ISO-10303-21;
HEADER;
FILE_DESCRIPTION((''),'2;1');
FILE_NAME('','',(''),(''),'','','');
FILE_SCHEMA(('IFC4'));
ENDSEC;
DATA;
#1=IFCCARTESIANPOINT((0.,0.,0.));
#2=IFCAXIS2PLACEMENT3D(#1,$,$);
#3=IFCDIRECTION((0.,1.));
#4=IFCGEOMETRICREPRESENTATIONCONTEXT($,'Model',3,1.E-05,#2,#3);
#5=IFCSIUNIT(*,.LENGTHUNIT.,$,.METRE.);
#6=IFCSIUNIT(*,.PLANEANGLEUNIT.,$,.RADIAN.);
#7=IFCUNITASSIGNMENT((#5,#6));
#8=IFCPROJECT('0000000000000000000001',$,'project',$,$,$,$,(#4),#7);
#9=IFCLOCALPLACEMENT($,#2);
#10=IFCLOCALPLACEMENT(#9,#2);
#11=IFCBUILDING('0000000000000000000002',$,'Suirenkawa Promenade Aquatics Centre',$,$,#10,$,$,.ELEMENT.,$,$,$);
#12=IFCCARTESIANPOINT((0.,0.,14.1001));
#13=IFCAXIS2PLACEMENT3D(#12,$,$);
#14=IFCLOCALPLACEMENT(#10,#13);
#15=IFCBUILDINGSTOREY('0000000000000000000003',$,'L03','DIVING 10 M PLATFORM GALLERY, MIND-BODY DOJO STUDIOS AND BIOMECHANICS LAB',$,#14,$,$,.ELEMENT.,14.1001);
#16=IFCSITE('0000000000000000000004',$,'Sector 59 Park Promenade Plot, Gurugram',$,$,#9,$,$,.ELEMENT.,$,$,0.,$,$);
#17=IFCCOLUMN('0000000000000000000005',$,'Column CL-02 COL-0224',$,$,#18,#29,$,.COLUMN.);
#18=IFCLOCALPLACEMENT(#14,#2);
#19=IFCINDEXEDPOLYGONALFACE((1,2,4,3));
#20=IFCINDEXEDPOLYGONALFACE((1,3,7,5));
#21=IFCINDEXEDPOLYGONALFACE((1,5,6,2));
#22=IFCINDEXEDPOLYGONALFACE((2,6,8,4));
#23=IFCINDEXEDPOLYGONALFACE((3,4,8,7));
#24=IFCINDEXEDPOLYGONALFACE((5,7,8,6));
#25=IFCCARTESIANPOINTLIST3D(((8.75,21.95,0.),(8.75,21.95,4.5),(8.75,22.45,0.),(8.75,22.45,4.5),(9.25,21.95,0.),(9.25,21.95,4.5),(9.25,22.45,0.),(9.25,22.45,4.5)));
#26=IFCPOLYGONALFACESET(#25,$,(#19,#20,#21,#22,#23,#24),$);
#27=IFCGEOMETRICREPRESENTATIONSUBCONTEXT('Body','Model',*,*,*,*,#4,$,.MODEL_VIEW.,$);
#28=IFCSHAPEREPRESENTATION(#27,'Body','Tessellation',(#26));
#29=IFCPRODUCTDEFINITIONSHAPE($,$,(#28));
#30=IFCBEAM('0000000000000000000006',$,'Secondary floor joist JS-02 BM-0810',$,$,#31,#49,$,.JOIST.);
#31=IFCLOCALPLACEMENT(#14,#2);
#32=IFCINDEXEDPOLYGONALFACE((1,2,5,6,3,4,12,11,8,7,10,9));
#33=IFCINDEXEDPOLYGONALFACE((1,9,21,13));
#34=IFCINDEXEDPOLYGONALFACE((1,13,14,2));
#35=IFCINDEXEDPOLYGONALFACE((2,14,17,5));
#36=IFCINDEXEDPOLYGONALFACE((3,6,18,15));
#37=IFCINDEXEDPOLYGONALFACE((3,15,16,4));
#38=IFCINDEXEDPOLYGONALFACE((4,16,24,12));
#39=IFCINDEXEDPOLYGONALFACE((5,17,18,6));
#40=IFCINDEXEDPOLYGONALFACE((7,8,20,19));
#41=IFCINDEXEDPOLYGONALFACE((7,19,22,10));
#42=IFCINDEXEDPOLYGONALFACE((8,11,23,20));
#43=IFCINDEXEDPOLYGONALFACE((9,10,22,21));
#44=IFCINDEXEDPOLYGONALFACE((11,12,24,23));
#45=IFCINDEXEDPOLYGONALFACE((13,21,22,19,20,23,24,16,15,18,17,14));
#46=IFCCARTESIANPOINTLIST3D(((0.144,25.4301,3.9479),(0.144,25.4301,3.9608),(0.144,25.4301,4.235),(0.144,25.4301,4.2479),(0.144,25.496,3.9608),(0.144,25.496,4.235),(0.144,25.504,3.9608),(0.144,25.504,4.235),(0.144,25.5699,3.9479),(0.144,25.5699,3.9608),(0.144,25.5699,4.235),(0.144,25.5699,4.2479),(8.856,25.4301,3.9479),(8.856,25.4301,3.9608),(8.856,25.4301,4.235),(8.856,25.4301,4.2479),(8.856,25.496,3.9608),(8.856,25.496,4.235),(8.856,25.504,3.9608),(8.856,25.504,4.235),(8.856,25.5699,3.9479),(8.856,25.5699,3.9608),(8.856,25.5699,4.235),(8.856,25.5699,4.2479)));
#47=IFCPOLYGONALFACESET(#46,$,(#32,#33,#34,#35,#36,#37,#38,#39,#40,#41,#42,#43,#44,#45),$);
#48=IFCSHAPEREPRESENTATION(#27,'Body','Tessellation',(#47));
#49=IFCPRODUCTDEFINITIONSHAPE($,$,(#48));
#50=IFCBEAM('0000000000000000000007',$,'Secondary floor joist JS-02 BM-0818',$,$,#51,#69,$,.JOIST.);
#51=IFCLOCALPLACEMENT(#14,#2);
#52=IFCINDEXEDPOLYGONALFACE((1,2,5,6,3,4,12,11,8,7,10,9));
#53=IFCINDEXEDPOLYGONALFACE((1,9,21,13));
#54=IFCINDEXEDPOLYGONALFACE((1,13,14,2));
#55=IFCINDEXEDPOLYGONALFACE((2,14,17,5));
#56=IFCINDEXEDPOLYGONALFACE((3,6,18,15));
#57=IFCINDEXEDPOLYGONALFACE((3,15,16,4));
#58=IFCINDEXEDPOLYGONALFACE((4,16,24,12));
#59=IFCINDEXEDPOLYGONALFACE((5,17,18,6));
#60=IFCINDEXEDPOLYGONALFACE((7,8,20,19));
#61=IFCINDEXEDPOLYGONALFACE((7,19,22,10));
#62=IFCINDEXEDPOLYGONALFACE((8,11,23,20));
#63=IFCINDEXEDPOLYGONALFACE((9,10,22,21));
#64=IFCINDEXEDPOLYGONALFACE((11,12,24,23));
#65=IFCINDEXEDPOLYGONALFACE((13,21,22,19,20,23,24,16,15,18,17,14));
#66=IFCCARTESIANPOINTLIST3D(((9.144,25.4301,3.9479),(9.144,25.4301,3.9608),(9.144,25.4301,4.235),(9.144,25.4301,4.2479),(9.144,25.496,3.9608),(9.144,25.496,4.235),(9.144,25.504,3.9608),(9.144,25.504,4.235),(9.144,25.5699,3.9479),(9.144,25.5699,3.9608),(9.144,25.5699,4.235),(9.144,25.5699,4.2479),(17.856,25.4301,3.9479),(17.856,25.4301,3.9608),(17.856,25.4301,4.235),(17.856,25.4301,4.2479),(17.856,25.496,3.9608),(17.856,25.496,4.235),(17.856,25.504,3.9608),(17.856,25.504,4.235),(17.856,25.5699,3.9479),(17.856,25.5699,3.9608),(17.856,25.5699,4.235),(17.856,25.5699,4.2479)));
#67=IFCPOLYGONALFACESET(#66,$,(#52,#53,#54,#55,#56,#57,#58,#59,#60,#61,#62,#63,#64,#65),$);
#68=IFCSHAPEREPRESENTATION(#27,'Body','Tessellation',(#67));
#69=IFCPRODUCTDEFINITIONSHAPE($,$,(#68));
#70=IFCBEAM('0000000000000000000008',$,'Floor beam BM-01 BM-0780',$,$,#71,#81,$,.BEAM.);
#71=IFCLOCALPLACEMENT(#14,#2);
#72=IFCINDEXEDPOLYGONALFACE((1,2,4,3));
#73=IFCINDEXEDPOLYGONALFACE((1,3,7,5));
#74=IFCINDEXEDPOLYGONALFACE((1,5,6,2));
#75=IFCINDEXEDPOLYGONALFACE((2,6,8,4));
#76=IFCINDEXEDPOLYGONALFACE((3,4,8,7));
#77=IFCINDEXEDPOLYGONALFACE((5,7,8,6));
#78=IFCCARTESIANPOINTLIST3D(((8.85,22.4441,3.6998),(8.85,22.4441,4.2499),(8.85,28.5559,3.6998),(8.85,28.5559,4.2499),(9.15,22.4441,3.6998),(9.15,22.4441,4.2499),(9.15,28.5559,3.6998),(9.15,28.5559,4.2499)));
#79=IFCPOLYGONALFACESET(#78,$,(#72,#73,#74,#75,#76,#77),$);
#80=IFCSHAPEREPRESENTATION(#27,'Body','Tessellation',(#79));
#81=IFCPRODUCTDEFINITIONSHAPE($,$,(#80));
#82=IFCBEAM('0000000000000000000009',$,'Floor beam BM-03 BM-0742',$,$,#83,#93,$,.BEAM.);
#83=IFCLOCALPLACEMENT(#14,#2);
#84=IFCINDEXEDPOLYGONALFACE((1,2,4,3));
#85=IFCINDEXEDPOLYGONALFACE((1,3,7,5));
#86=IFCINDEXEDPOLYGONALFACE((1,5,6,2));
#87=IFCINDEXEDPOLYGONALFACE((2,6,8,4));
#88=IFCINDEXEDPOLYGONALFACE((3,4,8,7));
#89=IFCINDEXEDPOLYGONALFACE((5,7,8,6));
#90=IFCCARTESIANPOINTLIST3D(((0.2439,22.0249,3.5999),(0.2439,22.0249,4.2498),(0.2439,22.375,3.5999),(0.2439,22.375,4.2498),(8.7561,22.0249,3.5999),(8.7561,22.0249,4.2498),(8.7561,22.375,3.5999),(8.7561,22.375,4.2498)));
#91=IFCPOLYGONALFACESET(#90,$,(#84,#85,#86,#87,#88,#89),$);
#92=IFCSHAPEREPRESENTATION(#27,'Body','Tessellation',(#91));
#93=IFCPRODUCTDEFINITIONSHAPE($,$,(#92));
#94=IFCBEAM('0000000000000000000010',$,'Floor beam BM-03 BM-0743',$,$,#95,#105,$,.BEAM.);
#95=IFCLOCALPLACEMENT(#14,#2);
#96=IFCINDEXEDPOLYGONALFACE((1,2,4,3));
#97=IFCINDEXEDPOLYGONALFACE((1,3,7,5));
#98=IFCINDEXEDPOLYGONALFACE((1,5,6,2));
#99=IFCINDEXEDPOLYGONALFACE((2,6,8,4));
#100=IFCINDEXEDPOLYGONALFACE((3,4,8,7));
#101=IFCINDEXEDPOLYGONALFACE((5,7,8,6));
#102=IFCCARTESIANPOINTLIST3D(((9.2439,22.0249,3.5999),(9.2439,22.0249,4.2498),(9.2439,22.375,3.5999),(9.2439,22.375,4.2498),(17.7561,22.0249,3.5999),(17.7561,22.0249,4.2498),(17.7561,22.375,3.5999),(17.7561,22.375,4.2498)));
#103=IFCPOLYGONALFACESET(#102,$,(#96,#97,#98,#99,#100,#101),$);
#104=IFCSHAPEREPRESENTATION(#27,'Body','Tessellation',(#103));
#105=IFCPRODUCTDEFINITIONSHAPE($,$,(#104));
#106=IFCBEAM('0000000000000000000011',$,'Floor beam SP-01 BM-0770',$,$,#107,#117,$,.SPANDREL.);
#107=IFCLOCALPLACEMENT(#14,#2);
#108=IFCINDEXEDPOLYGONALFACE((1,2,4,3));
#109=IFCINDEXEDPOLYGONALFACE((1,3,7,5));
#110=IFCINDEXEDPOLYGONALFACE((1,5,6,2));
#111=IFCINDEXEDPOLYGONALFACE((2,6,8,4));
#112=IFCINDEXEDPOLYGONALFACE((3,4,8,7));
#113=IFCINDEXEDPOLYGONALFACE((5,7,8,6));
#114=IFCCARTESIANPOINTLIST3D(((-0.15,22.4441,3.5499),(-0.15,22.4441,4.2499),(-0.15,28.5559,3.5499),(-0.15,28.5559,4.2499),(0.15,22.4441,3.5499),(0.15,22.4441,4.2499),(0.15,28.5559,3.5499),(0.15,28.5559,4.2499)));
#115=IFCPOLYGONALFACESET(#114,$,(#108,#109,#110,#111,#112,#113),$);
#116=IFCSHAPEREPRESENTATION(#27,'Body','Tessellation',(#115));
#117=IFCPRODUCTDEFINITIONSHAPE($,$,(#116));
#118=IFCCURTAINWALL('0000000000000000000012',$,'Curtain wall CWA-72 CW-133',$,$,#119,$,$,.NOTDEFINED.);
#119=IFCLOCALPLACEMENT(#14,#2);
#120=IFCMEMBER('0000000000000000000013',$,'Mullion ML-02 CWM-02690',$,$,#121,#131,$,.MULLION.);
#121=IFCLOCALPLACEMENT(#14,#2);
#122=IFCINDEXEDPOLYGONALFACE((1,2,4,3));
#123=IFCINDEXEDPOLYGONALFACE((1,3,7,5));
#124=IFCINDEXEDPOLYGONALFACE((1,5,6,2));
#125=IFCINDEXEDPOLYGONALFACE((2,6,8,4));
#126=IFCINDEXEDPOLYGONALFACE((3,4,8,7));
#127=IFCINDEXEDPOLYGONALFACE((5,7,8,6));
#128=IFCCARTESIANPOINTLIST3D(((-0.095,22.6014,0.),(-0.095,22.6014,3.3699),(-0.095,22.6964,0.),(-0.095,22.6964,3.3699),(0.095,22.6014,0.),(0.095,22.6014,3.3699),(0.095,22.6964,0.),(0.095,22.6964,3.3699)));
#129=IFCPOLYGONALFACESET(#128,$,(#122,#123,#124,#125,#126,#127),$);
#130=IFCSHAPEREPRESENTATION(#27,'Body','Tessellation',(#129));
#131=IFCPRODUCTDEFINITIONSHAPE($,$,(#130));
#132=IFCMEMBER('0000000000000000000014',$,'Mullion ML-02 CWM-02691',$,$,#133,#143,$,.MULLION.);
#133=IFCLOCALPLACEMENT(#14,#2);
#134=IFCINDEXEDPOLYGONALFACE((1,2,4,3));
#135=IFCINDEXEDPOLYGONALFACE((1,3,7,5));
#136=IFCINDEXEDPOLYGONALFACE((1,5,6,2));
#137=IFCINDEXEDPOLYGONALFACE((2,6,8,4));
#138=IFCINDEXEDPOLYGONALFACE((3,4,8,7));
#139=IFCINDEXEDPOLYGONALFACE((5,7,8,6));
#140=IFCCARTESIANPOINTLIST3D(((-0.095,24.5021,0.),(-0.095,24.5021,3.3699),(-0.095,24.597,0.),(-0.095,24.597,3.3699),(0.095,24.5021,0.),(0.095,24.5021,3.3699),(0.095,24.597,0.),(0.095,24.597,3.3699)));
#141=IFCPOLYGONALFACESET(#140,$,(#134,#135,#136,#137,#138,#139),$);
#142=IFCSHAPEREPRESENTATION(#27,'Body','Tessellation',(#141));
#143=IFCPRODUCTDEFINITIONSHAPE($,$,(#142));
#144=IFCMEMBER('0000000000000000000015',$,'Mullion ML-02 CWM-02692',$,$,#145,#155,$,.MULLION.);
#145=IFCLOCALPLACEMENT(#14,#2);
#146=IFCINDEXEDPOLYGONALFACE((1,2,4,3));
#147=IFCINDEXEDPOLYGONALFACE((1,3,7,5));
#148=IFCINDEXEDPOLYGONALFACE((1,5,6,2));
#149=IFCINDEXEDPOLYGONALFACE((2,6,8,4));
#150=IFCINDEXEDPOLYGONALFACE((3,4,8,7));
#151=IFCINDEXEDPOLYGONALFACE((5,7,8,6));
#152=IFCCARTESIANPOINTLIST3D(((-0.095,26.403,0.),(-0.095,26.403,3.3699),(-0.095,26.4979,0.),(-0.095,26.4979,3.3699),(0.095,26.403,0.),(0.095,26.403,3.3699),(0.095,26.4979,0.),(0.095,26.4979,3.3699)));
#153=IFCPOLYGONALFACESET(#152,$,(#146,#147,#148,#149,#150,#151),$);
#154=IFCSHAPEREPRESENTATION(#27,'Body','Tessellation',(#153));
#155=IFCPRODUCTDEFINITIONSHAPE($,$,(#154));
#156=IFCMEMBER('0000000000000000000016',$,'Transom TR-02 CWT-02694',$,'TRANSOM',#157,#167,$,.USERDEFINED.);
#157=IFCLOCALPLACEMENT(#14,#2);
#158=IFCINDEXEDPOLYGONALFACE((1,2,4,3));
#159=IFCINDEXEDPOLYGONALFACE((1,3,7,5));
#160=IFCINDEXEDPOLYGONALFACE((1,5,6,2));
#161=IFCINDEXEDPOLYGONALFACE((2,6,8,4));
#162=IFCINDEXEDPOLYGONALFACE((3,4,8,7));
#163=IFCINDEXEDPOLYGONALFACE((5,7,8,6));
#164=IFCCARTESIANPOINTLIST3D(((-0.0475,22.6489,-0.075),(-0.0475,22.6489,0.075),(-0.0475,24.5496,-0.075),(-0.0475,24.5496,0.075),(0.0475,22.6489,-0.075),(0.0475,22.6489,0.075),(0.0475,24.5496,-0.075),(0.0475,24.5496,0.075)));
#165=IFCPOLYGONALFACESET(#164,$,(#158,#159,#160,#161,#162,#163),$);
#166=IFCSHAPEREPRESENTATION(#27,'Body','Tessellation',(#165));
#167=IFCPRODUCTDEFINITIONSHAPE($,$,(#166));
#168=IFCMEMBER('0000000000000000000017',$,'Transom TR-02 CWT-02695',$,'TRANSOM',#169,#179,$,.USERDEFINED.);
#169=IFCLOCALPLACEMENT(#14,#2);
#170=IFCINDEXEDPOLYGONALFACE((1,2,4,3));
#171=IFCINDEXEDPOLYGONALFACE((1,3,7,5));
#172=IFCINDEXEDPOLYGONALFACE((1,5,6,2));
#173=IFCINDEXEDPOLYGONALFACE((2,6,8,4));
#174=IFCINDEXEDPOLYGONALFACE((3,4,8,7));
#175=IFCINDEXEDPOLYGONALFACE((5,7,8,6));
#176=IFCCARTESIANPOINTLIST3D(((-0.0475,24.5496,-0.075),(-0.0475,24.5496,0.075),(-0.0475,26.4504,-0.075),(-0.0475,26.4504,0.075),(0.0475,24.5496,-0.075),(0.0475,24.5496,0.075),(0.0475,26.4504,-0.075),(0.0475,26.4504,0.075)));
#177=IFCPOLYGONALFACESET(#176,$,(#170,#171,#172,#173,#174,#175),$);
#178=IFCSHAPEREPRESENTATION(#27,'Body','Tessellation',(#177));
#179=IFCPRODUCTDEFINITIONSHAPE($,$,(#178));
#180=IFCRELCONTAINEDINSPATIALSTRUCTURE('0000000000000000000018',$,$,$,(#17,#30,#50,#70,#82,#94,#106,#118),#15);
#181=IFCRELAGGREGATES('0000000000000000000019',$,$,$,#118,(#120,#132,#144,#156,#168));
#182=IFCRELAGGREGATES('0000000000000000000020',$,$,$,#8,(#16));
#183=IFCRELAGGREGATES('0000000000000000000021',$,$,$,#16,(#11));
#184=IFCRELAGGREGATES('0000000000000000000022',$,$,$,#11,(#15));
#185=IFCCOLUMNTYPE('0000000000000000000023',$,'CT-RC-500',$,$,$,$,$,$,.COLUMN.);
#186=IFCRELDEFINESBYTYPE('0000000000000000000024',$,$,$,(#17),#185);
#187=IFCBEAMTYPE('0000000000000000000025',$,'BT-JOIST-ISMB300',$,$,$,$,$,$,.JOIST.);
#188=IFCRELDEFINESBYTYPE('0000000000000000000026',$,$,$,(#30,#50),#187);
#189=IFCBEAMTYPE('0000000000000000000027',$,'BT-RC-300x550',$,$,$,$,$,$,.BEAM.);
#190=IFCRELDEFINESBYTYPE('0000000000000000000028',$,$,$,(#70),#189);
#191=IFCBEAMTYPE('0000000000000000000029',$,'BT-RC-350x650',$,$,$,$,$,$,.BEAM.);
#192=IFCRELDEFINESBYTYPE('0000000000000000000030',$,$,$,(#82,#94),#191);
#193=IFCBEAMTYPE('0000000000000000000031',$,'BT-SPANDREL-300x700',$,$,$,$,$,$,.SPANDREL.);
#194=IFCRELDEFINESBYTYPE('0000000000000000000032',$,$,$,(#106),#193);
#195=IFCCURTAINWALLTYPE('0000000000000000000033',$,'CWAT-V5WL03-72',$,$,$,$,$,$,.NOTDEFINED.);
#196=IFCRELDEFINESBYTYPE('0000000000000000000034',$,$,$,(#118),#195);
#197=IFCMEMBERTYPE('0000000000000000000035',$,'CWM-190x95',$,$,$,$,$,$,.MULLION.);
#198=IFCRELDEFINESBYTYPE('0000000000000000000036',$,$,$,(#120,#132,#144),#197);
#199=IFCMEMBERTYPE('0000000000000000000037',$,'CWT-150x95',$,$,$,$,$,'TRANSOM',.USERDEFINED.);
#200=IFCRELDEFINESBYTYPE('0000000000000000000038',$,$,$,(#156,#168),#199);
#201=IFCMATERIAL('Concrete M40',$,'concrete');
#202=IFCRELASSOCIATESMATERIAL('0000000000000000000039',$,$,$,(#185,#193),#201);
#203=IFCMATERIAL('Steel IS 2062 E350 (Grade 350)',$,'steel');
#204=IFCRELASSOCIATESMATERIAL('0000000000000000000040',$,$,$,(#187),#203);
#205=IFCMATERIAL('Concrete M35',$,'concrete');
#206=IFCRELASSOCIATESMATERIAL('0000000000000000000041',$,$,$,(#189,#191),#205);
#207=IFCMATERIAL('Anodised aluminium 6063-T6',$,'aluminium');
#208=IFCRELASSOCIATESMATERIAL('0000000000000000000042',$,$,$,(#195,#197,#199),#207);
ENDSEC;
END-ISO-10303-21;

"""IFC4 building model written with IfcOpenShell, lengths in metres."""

from ifc_helpers import new_model, si_unit, direction, frame, origin, origin_2d, place, context, subcontext, project, spatial, rectangle, i_section, extrude, material, material_profile, profile_set, type_object, element, aggregate, save


model = new_model("IFC4")

# Units and contexts
model_context = context("Model", 3, precision=1e-05, world=origin(), true_north=direction((0.0, 1.0)))
body_context = subcontext(model_context, "Body", "Model", "MODEL_VIEW")
ifc_project = project(units=[si_unit("LENGTHUNIT", "METRE"), si_unit("PLANEANGLEUNIT", "RADIAN")], contexts=[model_context])

# Site, building, storey
site_placement = place(None, origin())
site = spatial("IfcSite", under=ifc_project, at=site_placement, Name="Sector 59 Park Promenade Plot, Gurugram", CompositionType="ELEMENT", RefElevation=0.0)
building_placement = place(site_placement, origin())
building = spatial("IfcBuilding", under=site, at=building_placement, Name="Suirenkawa Promenade Aquatics Centre", CompositionType="ELEMENT")
storey_placement = place(building_placement, frame((0.0, 0.0, 14.1001)))
storey = spatial("IfcBuildingStorey", under=building, at=storey_placement, Name="L03", Description="DIVING 10 M PLATFORM GALLERY, MIND-BODY DOJO STUDIOS AND BIOMECHANICS LAB", CompositionType="ELEMENT", Elevation=14.1001)

# Column
ifc_material_1 = material(Name="Concrete M40", Category="concrete")
ifc_material_profile_1 = material_profile(ifc_material_1, rectangle(XDim=0.5, YDim=0.5, at=origin_2d()), Name="RC COL 500x500", Category="concrete")
ifc_profile_set_1 = profile_set([ifc_material_profile_1], Name="Concrete M40")
column_type = type_object("IfcColumnType", Name="CT-RC-500", PredefinedType="COLUMN", material=ifc_profile_set_1)
column_placement = place(storey_placement, frame((9.0, 22.2, 0.0), z_axis=(0.0, 0.0, 1.0), x_axis=(1.0, 0.0, 0.0)))
element("IfcColumn", 1, at=column_placement, inside=storey, type_object=column_type, Name="Column CL-02 COL-0224", PredefinedType="COLUMN", context=body_context, shape_type="SweptSolid", body=[
    extrude(rectangle(XDim=0.5, YDim=0.5, at=origin_2d()), origin(), (0.0, 0.0, 1.0), 4.5),
])

# Beams
ifc_material_2 = material(Name="Steel IS 2062 E350 (Grade 350)", Category="steel")
ifc_material_profile_2 = material_profile(ifc_material_2, i_section(OverallWidth=0.1399, OverallDepth=0.3, WebThickness=0.0081, FlangeThickness=0.0129, at=origin_2d()), Name="ISMB 300", Category="steel")
ifc_profile_set_2 = profile_set([ifc_material_profile_2], Name="Steel IS 2062 E350 (Grade 350)")
beam_type_1 = type_object("IfcBeamType", Name="BT-JOIST-ISMB300", PredefinedType="JOIST", material=ifc_profile_set_2)
for number, where, z_axis, x_axis, name in (
    (2, (0.144, 25.5, 4.0979), (1.0, 0.0, 0.0), (0.0, 1.0, 0.0), "Secondary floor joist JS-02 BM-0810"),
    (3, (9.144, 25.5, 4.0979), (1.0, 0.0, 0.0), (0.0, 1.0, 0.0), "Secondary floor joist JS-02 BM-0818"),
):
    element("IfcBeam", number, at=place(storey_placement, frame(where, z_axis=z_axis, x_axis=x_axis)), inside=storey, type_object=beam_type_1, Name=name, PredefinedType="JOIST", context=body_context, shape_type="SweptSolid", body=[
        extrude(i_section(OverallWidth=0.1399, OverallDepth=0.3, WebThickness=0.0081, FlangeThickness=0.0129, at=origin_2d()), origin(), (0.0, 0.0, 1.0), 8.7119),
    ])
ifc_material_3 = material(Name="Concrete M35", Category="concrete")
ifc_material_profile_3 = material_profile(ifc_material_3, rectangle(XDim=0.3, YDim=0.55, at=origin_2d()), Name="RC BM 300x550", Category="concrete")
ifc_profile_set_3 = profile_set([ifc_material_profile_3], Name="Concrete M35")
beam_type_2 = type_object("IfcBeamType", Name="BT-RC-300x550", PredefinedType="BEAM", material=ifc_profile_set_3)
beam_1_placement = place(storey_placement, frame((9.0, 22.4441, 3.9749), z_axis=(0.0, 1.0, 0.0), x_axis=(-1.0, 0.0, 0.0)))
element("IfcBeam", 4, at=beam_1_placement, inside=storey, type_object=beam_type_2, Name="Floor beam BM-01 BM-0780", PredefinedType="BEAM", context=body_context, shape_type="SweptSolid", body=[
    extrude(rectangle(XDim=0.3, YDim=0.55, at=origin_2d()), origin(), (0.0, 0.0, 1.0), 6.1118),
])
ifc_material_profile_4 = material_profile(ifc_material_3, rectangle(XDim=0.3501, YDim=0.6499, at=origin_2d()), Name="RC BM 350x650", Category="concrete")
ifc_profile_set_4 = profile_set([ifc_material_profile_4], Name="Concrete M35")
beam_type_3 = type_object("IfcBeamType", Name="BT-RC-350x650", PredefinedType="BEAM", material=ifc_profile_set_4)
for number, where, z_axis, x_axis, name in (
    (5, (0.2439, 22.2, 3.9248), (1.0, 0.0, 0.0), (0.0, 1.0, 0.0), "Floor beam BM-03 BM-0742"),
    (6, (9.2439, 22.2, 3.9248), (1.0, 0.0, 0.0), (0.0, 1.0, 0.0), "Floor beam BM-03 BM-0743"),
):
    element("IfcBeam", number, at=place(storey_placement, frame(where, z_axis=z_axis, x_axis=x_axis)), inside=storey, type_object=beam_type_3, Name=name, PredefinedType="BEAM", context=body_context, shape_type="SweptSolid", body=[
        extrude(rectangle(XDim=0.3501, YDim=0.6499, at=origin_2d()), origin(), (0.0, 0.0, 1.0), 8.5122),
    ])
ifc_material_profile_5 = material_profile(ifc_material_1, rectangle(XDim=0.3, YDim=0.7, at=origin_2d()), Name="RC SPANDREL 300x700", Category="concrete")
ifc_profile_set_5 = profile_set([ifc_material_profile_5], Name="Concrete M40")
beam_type_4 = type_object("IfcBeamType", Name="BT-SPANDREL-300x700", PredefinedType="SPANDREL", material=ifc_profile_set_5)
beam_2_placement = place(storey_placement, frame((0.0, 22.4441, 3.8999), z_axis=(0.0, 1.0, 0.0), x_axis=(-1.0, 0.0, 0.0)))
element("IfcBeam", 7, at=beam_2_placement, inside=storey, type_object=beam_type_4, Name="Floor beam SP-01 BM-0770", PredefinedType="SPANDREL", context=body_context, shape_type="SweptSolid", body=[
    extrude(rectangle(XDim=0.3, YDim=0.7, at=origin_2d()), origin(), (0.0, 0.0, 1.0), 6.1118),
])

# Curtain wall, members
ifc_material_4 = material(Name="Anodised aluminium 6063-T6", Category="aluminium")
curtain_wall_type = type_object("IfcCurtainWallType", Name="CWAT-V5WL03-72", PredefinedType="NOTDEFINED", material=ifc_material_4)
curtain_wall_placement = place(storey_placement, origin())
curtain_wall = element("IfcCurtainWall", 8, at=curtain_wall_placement, inside=storey, type_object=curtain_wall_type, Name="Curtain wall CWA-72 CW-133", PredefinedType="NOTDEFINED")
ifc_material_profile_6 = material_profile(ifc_material_4, rectangle(XDim=0.095, YDim=0.1899, at=origin_2d()), Name="ALU MULL 95x190", Category="aluminium")
ifc_profile_set_6 = profile_set([ifc_material_profile_6], Name="Anodised aluminium 6063-T6")
member_type_1 = type_object("IfcMemberType", Name="CWM-190x95", PredefinedType="MULLION", material=ifc_profile_set_6)
member_1_placement = place(storey_placement, frame((0.0, 22.6489, 0.0), z_axis=(0.0, 0.0, 1.0), x_axis=(0.0, 1.0, 0.0)))
member_1 = element("IfcMember", 9, at=member_1_placement, type_object=member_type_1, Name="Mullion ML-02 CWM-02690", PredefinedType="MULLION", context=body_context, shape_type="SweptSolid", body=[
    extrude(rectangle(XDim=0.095, YDim=0.1899, at=origin_2d()), origin(), (0.0, 0.0, 1.0), 3.3699),
])
member_2_placement = place(storey_placement, frame((0.0, 24.5496, 0.0), z_axis=(0.0, 0.0, 1.0), x_axis=(0.0, 1.0, 0.0)))
member_2 = element("IfcMember", 10, at=member_2_placement, type_object=member_type_1, Name="Mullion ML-02 CWM-02691", PredefinedType="MULLION", context=body_context, shape_type="SweptSolid", body=[
    extrude(rectangle(XDim=0.095, YDim=0.1899, at=origin_2d()), origin(), (0.0, 0.0, 1.0), 3.3699),
])
member_3_placement = place(storey_placement, frame((0.0, 26.4504, 0.0), z_axis=(0.0, 0.0, 1.0), x_axis=(0.0, 1.0, 0.0)))
member_3 = element("IfcMember", 11, at=member_3_placement, type_object=member_type_1, Name="Mullion ML-02 CWM-02692", PredefinedType="MULLION", context=body_context, shape_type="SweptSolid", body=[
    extrude(rectangle(XDim=0.095, YDim=0.1899, at=origin_2d()), origin(), (0.0, 0.0, 1.0), 3.3699),
])
ifc_material_profile_7 = material_profile(ifc_material_4, rectangle(XDim=0.095, YDim=0.1499, at=origin_2d()), Name="ALU TRAN 95x150", Category="aluminium")
ifc_profile_set_7 = profile_set([ifc_material_profile_7], Name="Anodised aluminium 6063-T6")
member_type_2 = type_object("IfcMemberType", Name="CWT-150x95", ElementType="TRANSOM", PredefinedType="USERDEFINED", material=ifc_profile_set_7)
member_4_placement = place(storey_placement, frame((0.0, 22.6489, 0.0), z_axis=(0.0, 1.0, 0.0), x_axis=(-1.0, 0.0, 0.0)))
member_4 = element("IfcMember", 12, at=member_4_placement, type_object=member_type_2, Name="Transom TR-02 CWT-02694", ObjectType="TRANSOM", PredefinedType="USERDEFINED", context=body_context, shape_type="SweptSolid", body=[
    extrude(rectangle(XDim=0.095, YDim=0.1499, at=origin_2d()), origin(), (0.0, 0.0, 1.0), 1.9006),
])
member_5_placement = place(storey_placement, frame((0.0, 24.5496, 0.0), z_axis=(0.0, 1.0, 0.0), x_axis=(-1.0, 0.0, 0.0)))
member_5 = element("IfcMember", 13, at=member_5_placement, type_object=member_type_2, Name="Transom TR-02 CWT-02695", ObjectType="TRANSOM", PredefinedType="USERDEFINED", context=body_context, shape_type="SweptSolid", body=[
    extrude(rectangle(XDim=0.095, YDim=0.1499, at=origin_2d()), origin(), (0.0, 0.0, 1.0), 1.9009),
])
aggregate(curtain_wall, [member_1, member_2, member_3, member_4, member_5])

save(model, "model.ifc")
